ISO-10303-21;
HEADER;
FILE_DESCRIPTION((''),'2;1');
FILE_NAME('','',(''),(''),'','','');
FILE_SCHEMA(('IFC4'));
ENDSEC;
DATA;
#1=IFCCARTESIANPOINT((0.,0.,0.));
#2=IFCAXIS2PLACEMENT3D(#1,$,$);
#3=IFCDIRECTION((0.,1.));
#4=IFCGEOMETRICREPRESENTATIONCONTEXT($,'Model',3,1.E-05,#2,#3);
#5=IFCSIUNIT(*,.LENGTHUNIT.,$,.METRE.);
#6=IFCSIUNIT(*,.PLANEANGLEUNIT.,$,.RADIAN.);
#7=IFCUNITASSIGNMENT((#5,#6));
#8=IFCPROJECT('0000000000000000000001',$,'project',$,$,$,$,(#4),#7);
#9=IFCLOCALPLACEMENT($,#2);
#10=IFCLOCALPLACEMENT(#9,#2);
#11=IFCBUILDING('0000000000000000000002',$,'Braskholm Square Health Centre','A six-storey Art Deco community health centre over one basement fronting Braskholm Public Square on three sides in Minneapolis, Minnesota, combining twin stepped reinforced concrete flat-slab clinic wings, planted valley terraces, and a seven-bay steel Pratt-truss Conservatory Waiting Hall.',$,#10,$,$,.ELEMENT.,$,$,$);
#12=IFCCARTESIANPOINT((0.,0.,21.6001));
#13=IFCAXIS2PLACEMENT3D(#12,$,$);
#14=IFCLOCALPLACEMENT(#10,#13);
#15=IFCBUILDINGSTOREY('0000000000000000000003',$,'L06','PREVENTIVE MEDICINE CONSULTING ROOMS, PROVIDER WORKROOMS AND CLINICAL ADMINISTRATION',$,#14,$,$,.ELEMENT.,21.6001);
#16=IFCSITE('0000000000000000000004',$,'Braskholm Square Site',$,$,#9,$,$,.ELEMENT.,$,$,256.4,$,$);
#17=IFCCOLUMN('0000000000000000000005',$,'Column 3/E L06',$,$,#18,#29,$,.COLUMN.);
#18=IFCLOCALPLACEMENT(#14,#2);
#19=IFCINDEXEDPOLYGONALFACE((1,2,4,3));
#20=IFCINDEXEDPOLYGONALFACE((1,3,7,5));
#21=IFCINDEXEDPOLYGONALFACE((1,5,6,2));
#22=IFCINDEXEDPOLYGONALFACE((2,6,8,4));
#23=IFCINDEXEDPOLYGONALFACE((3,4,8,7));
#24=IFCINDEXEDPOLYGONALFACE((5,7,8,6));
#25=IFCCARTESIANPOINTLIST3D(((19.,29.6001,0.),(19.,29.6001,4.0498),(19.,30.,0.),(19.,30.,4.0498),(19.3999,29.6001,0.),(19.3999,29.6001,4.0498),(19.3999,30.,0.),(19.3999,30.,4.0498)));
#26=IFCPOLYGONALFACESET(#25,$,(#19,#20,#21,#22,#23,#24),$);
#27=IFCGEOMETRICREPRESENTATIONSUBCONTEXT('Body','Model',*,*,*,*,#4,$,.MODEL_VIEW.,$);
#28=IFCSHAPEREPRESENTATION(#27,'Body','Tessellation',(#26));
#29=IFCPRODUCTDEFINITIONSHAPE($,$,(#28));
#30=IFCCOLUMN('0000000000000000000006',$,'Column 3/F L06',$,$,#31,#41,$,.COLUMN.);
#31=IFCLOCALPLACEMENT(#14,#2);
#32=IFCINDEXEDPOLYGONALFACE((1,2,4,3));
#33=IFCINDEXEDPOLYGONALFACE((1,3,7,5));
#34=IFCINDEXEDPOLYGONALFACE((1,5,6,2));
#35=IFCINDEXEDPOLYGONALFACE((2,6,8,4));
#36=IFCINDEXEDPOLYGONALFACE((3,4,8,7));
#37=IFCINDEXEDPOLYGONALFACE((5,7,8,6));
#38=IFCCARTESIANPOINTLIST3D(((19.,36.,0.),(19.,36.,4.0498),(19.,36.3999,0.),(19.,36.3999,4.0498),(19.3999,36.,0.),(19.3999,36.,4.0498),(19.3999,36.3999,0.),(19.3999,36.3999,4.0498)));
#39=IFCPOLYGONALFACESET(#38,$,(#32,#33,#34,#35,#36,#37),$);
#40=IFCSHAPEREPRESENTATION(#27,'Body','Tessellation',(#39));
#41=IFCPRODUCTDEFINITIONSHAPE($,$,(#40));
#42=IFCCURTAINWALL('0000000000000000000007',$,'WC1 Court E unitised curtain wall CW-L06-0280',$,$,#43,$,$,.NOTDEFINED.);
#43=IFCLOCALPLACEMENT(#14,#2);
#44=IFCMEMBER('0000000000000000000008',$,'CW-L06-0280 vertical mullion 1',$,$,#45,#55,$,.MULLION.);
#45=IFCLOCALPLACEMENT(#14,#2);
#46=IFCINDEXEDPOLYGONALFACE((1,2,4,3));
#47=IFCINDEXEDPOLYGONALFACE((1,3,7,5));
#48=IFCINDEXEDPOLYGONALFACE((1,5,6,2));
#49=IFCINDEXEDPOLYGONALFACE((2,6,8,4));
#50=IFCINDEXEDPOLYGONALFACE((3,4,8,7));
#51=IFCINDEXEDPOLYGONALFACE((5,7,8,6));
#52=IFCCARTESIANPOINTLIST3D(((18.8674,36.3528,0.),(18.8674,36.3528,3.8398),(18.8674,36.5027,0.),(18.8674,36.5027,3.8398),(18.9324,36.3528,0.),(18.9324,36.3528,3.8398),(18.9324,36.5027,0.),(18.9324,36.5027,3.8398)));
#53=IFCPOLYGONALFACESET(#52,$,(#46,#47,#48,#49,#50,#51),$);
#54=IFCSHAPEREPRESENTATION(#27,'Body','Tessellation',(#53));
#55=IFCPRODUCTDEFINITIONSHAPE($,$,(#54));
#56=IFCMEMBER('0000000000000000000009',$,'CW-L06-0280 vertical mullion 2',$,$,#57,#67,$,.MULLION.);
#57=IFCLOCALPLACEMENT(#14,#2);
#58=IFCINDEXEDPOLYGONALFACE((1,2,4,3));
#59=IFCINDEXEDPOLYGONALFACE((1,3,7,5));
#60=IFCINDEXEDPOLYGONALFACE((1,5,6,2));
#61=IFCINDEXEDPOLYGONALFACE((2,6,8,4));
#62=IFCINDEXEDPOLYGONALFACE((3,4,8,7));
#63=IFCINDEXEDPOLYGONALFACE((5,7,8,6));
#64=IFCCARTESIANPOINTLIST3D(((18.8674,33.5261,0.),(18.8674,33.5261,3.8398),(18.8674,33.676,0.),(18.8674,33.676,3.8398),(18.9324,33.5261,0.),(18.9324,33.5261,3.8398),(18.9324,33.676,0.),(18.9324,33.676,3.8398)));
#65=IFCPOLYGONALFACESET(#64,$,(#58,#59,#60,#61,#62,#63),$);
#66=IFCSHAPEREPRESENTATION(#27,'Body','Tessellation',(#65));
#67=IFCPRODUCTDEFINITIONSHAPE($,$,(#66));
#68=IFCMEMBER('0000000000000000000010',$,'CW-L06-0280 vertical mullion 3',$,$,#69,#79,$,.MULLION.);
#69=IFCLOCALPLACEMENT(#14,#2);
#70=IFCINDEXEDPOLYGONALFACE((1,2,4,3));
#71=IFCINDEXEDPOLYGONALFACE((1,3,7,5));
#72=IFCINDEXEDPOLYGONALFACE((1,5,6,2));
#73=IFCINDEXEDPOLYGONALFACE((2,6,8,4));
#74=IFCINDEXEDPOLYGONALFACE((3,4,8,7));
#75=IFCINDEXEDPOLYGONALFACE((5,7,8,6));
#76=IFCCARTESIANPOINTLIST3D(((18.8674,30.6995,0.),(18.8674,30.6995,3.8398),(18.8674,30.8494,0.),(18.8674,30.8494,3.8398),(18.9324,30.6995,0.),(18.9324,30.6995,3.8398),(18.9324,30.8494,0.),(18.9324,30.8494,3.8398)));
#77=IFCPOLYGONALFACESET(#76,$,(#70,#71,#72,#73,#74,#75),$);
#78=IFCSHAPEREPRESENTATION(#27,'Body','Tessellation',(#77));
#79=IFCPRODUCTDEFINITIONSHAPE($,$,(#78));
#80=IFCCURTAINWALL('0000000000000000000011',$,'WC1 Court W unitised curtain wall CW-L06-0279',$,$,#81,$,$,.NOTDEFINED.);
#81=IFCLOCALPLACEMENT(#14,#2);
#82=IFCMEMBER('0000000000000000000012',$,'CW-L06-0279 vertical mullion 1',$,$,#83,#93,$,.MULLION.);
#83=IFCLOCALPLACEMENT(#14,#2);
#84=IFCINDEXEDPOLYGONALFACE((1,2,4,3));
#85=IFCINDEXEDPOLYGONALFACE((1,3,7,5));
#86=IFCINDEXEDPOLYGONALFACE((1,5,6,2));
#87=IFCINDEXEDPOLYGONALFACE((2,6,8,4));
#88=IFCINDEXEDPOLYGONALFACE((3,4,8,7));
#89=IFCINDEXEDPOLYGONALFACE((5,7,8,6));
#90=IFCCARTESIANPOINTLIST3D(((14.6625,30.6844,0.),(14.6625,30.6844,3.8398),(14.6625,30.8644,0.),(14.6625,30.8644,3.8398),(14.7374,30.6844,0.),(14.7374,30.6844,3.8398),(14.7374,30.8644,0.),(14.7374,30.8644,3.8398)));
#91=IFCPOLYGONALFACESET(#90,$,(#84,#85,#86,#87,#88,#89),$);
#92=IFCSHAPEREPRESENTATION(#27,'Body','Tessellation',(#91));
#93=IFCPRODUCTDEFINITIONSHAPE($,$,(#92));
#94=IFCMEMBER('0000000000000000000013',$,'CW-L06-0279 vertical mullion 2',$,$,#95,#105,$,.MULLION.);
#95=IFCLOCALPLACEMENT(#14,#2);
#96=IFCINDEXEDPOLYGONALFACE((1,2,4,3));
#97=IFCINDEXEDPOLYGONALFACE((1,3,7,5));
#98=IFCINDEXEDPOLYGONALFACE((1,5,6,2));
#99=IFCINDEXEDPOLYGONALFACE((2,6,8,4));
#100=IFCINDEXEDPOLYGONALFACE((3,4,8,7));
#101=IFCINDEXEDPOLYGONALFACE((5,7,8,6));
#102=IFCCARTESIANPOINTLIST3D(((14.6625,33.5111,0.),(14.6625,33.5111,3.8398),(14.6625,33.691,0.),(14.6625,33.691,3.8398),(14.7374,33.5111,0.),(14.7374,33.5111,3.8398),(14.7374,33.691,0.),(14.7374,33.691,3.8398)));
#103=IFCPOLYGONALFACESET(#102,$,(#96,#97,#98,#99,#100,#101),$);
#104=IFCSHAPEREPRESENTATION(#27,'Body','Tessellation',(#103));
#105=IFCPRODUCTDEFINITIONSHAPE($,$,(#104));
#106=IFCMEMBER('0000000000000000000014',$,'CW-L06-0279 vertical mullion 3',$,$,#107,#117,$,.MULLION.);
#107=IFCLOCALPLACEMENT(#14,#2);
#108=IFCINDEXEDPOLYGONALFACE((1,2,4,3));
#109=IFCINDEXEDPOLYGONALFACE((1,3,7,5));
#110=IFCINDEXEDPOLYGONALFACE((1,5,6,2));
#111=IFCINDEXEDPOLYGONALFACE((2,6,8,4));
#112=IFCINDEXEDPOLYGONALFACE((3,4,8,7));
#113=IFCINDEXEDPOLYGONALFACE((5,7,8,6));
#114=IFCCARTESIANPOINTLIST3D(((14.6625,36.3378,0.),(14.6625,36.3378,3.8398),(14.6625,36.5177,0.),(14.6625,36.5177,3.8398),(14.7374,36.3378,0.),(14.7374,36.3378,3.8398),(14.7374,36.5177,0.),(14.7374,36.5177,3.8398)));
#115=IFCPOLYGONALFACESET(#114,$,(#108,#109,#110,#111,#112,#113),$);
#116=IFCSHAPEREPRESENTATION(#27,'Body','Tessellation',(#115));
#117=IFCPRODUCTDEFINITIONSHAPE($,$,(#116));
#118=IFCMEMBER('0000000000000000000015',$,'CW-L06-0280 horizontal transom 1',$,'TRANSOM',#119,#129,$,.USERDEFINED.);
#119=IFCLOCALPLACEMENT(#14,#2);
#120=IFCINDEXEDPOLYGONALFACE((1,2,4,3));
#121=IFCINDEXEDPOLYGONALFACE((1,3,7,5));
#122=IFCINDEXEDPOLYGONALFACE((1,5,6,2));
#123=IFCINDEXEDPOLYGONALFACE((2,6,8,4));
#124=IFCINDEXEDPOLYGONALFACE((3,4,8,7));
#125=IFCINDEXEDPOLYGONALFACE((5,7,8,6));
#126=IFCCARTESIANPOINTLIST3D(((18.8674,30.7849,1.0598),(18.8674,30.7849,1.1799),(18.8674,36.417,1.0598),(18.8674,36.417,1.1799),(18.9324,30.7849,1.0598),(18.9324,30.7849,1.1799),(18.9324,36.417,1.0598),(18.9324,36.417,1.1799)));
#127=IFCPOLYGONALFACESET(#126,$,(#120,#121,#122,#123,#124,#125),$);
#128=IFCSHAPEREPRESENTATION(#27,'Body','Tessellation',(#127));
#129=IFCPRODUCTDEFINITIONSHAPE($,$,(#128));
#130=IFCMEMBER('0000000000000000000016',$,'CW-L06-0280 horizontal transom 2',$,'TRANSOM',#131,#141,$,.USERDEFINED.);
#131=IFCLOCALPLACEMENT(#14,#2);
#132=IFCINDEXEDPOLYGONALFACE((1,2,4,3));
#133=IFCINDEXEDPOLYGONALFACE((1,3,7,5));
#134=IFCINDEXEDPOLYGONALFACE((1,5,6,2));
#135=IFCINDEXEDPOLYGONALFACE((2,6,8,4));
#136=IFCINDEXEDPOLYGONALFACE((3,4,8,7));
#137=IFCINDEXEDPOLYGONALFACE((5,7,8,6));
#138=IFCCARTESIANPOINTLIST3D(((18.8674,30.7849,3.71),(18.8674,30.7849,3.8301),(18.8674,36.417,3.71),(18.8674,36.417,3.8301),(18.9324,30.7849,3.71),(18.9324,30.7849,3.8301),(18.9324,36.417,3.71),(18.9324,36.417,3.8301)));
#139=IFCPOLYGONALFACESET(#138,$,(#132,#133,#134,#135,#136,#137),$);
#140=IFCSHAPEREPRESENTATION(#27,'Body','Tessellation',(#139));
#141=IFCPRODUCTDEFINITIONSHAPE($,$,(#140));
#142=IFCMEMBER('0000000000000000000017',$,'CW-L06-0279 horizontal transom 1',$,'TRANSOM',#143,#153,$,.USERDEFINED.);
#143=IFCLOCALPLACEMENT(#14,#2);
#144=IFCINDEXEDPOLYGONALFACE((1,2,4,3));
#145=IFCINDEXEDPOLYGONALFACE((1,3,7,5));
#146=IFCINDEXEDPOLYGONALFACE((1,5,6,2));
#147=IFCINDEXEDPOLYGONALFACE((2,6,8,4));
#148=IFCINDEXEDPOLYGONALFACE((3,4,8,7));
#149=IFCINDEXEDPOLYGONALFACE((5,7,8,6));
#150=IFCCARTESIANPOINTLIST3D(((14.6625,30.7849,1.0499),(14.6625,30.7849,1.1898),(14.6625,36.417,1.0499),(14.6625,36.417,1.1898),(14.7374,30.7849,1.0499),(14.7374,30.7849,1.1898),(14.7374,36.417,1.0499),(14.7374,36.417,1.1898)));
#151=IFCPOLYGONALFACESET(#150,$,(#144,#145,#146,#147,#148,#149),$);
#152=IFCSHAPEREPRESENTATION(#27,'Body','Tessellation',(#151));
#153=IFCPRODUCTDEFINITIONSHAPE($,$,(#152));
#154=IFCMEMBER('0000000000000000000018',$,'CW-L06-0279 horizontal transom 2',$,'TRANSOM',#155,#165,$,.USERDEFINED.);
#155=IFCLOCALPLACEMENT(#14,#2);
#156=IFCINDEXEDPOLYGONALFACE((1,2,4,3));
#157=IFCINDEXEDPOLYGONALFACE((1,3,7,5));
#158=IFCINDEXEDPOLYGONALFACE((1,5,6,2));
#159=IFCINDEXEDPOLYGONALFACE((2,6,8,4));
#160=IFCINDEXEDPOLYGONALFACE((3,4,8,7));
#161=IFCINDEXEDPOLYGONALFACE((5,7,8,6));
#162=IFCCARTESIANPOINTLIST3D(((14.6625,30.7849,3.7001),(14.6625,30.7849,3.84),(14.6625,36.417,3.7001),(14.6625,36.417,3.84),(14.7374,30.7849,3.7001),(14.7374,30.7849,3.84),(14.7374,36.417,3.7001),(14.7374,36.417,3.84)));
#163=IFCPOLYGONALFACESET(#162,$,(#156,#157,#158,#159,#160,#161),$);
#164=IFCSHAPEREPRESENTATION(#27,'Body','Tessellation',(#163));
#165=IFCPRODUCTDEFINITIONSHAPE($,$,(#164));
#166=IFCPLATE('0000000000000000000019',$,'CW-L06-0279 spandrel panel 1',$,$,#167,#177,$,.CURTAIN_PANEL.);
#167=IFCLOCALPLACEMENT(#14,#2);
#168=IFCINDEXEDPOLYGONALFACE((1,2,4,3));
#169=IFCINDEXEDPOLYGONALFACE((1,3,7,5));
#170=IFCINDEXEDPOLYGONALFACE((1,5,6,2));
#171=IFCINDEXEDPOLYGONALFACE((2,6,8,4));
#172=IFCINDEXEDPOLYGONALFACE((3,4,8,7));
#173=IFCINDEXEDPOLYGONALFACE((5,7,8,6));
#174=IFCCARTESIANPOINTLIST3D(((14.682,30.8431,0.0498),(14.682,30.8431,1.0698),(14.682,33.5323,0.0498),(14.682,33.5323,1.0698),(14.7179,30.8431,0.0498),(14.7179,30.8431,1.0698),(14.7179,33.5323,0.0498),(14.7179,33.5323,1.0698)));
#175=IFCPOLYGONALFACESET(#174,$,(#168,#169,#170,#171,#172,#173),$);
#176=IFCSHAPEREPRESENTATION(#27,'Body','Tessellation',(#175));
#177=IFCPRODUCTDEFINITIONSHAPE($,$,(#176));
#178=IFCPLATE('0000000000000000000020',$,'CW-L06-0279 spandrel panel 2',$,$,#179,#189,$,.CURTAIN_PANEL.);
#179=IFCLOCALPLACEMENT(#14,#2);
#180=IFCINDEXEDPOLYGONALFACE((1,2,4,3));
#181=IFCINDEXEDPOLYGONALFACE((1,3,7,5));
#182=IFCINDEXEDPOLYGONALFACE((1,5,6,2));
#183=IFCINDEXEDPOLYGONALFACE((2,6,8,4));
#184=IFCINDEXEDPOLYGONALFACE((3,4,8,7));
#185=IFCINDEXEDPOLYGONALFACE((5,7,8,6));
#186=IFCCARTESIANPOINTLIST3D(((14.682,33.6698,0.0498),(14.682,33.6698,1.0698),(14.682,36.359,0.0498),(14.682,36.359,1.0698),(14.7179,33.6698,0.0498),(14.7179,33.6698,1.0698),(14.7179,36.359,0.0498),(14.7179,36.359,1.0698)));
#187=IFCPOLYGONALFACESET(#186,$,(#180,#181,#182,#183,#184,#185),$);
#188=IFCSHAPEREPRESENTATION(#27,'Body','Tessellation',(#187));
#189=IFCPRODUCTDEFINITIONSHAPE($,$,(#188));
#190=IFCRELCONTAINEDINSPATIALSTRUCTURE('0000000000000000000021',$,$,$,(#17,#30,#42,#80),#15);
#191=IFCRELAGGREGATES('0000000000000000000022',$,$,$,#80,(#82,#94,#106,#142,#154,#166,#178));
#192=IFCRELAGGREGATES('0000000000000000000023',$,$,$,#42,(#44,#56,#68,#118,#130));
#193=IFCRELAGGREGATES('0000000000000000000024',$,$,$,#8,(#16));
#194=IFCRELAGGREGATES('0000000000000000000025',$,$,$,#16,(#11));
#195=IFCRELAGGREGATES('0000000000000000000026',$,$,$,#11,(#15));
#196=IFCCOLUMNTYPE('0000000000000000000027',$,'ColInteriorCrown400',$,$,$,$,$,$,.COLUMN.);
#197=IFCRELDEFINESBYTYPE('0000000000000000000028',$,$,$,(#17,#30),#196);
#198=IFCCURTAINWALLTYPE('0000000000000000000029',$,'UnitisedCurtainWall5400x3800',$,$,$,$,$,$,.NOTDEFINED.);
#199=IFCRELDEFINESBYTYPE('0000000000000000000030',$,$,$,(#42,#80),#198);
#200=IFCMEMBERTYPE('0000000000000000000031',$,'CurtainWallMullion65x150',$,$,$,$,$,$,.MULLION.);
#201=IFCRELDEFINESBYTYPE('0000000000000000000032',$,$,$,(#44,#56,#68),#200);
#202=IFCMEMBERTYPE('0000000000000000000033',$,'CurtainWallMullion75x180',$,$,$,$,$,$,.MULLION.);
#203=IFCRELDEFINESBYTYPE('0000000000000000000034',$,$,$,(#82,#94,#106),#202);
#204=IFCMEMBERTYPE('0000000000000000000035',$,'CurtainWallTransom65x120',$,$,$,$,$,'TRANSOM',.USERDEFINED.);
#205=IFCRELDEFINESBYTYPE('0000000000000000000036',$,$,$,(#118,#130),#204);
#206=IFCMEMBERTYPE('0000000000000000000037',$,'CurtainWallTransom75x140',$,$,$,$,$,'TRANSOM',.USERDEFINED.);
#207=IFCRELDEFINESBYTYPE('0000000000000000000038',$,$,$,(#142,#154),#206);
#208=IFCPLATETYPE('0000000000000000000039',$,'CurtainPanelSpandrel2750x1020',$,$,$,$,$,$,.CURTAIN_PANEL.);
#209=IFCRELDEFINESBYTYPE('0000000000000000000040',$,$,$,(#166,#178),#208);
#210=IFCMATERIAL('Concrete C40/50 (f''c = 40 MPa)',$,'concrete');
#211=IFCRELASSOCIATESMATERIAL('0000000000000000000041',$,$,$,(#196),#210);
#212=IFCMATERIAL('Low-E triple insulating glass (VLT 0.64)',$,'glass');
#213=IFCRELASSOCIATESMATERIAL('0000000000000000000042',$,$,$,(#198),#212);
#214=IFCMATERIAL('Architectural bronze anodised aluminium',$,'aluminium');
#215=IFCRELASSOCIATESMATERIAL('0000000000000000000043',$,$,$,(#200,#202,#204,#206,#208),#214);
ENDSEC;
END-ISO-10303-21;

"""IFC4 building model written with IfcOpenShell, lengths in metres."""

from ifc_helpers import new_model, si_unit, direction, frame, origin, origin_2d, place, context, subcontext, project, spatial, rectangle, extrude, material, material_profile, profile_set, type_object, element, aggregate, save


model = new_model("IFC4")

# Units and contexts
model_context = context("Model", 3, precision=1e-05, world=origin(), true_north=direction((0.0, 1.0)))
body_context = subcontext(model_context, "Body", "Model", "MODEL_VIEW")
ifc_project = project(units=[si_unit("LENGTHUNIT", "METRE"), si_unit("PLANEANGLEUNIT", "RADIAN")], contexts=[model_context])

# Site, building, storey
site_placement = place(None, origin())
site = spatial("IfcSite", under=ifc_project, at=site_placement, Name="Braskholm Square Site", CompositionType="ELEMENT", RefElevation=256.4)
building_placement = place(site_placement, origin())
building = spatial("IfcBuilding", under=site, at=building_placement, Name="Braskholm Square Health Centre", Description="A six-storey Art Deco community health centre over one basement fronting Braskholm Public Square on three sides in Minneapolis, Minnesota, combining twin stepped reinforced concrete flat-slab clinic wings, planted valley terraces, and a seven-bay steel Pratt-truss Conservatory Waiting Hall.", CompositionType="ELEMENT")
storey_placement = place(building_placement, frame((0.0, 0.0, 21.6001)))
storey = spatial("IfcBuildingStorey", under=building, at=storey_placement, Name="L06", Description="PREVENTIVE MEDICINE CONSULTING ROOMS, PROVIDER WORKROOMS AND CLINICAL ADMINISTRATION", CompositionType="ELEMENT", Elevation=21.6001)

# Columns
ifc_material_1 = material(Name="Concrete C40/50 (f'c = 40 MPa)", Category="concrete")
ifc_material_profile_1 = material_profile(ifc_material_1, rectangle(XDim=0.3999, YDim=0.3999, at=origin_2d()), Name="RC-400X400")
ifc_profile_set_1 = profile_set([ifc_material_profile_1], Name="Concrete C40/50 (f'c = 40 MPa)")
column_type = type_object("IfcColumnType", Name="ColInteriorCrown400", PredefinedType="COLUMN", material=ifc_profile_set_1)
for number, where, z_axis, x_axis, name in (
    (1, (19.2, 29.8, 0.0), (0.0, 0.0, 1.0), (1.0, 0.0, 0.0), "Column 3/E L06"),
    (2, (19.2, 36.2, 0.0), (0.0, 0.0, 1.0), (1.0, 0.0, 0.0), "Column 3/F L06"),
):
    element("IfcColumn", number, at=place(storey_placement, frame(where, z_axis=z_axis, x_axis=x_axis)), inside=storey, type_object=column_type, Name=name, PredefinedType="COLUMN", context=body_context, shape_type="SweptSolid", body=[
        extrude(rectangle(XDim=0.3999, YDim=0.3999, at=origin_2d()), origin(), (0.0, 0.0, 1.0), 4.0498),
    ])

# Curtain walls, members
ifc_material_2 = material(Name="Low-E triple insulating glass (VLT 0.64)", Category="glass")
curtain_wall_type = type_object("IfcCurtainWallType", Name="UnitisedCurtainWall5400x3800", PredefinedType="NOTDEFINED", material=ifc_material_2)
curtain_wall_1_placement = place(storey_placement, origin())
curtain_wall_1 = element("IfcCurtainWall", 3, at=curtain_wall_1_placement, inside=storey, type_object=curtain_wall_type, Name="WC1 Court E unitised curtain wall CW-L06-0280", PredefinedType="NOTDEFINED")
ifc_material_3 = material(Name="Architectural bronze anodised aluminium", Category="aluminium")
ifc_material_profile_2 = material_profile(ifc_material_3, rectangle(XDim=0.0649, YDim=0.1499, at=origin_2d()), Name="ALU-65X150")
ifc_profile_set_2 = profile_set([ifc_material_profile_2], Name="Architectural bronze anodised aluminium")
member_type_1 = type_object("IfcMemberType", Name="CurtainWallMullion65x150", PredefinedType="MULLION", material=ifc_profile_set_2)
member_1_placement = place(storey_placement, frame((18.8999, 36.4277, 0.0), z_axis=(0.0, 0.0, 1.0), x_axis=(1.0, 0.0, 0.0)))
member_1 = element("IfcMember", 4, at=member_1_placement, type_object=member_type_1, Name="CW-L06-0280 vertical mullion 1", PredefinedType="MULLION", context=body_context, shape_type="SweptSolid", body=[
    extrude(rectangle(XDim=0.0649, YDim=0.1499, at=origin_2d()), origin(), (0.0, 0.0, 1.0), 3.8398),
])
member_2_placement = place(storey_placement, frame((18.8999, 33.6011, 0.0), z_axis=(0.0, 0.0, 1.0), x_axis=(1.0, 0.0, 0.0)))
member_2 = element("IfcMember", 5, at=member_2_placement, type_object=member_type_1, Name="CW-L06-0280 vertical mullion 2", PredefinedType="MULLION", context=body_context, shape_type="SweptSolid", body=[
    extrude(rectangle(XDim=0.0649, YDim=0.1499, at=origin_2d()), origin(), (0.0, 0.0, 1.0), 3.8398),
])
member_3_placement = place(storey_placement, frame((18.8999, 30.7744, 0.0), z_axis=(0.0, 0.0, 1.0), x_axis=(1.0, 0.0, 0.0)))
member_3 = element("IfcMember", 6, at=member_3_placement, type_object=member_type_1, Name="CW-L06-0280 vertical mullion 3", PredefinedType="MULLION", context=body_context, shape_type="SweptSolid", body=[
    extrude(rectangle(XDim=0.0649, YDim=0.1499, at=origin_2d()), origin(), (0.0, 0.0, 1.0), 3.8398),
])
curtain_wall_2_placement = place(storey_placement, origin())
curtain_wall_2 = element("IfcCurtainWall", 7, at=curtain_wall_2_placement, inside=storey, type_object=curtain_wall_type, Name="WC1 Court W unitised curtain wall CW-L06-0279", PredefinedType="NOTDEFINED")
ifc_material_profile_3 = material_profile(ifc_material_3, rectangle(XDim=0.075, YDim=0.1799, at=origin_2d()), Name="ALU-75X180")
ifc_profile_set_3 = profile_set([ifc_material_profile_3], Name="Architectural bronze anodised aluminium")
member_type_2 = type_object("IfcMemberType", Name="CurtainWallMullion75x180", PredefinedType="MULLION", material=ifc_profile_set_3)
member_4_placement = place(storey_placement, frame((14.7, 30.7744, 0.0), z_axis=(0.0, 0.0, 1.0), x_axis=(1.0, 0.0, 0.0)))
member_4 = element("IfcMember", 8, at=member_4_placement, type_object=member_type_2, Name="CW-L06-0279 vertical mullion 1", PredefinedType="MULLION", context=body_context, shape_type="SweptSolid", body=[
    extrude(rectangle(XDim=0.075, YDim=0.1799, at=origin_2d()), origin(), (0.0, 0.0, 1.0), 3.8398),
])
member_5_placement = place(storey_placement, frame((14.7, 33.6011, 0.0), z_axis=(0.0, 0.0, 1.0), x_axis=(1.0, 0.0, 0.0)))
member_5 = element("IfcMember", 9, at=member_5_placement, type_object=member_type_2, Name="CW-L06-0279 vertical mullion 2", PredefinedType="MULLION", context=body_context, shape_type="SweptSolid", body=[
    extrude(rectangle(XDim=0.075, YDim=0.1799, at=origin_2d()), origin(), (0.0, 0.0, 1.0), 3.8398),
])
member_6_placement = place(storey_placement, frame((14.7, 36.4277, 0.0), z_axis=(0.0, 0.0, 1.0), x_axis=(1.0, 0.0, 0.0)))
member_6 = element("IfcMember", 10, at=member_6_placement, type_object=member_type_2, Name="CW-L06-0279 vertical mullion 3", PredefinedType="MULLION", context=body_context, shape_type="SweptSolid", body=[
    extrude(rectangle(XDim=0.075, YDim=0.1799, at=origin_2d()), origin(), (0.0, 0.0, 1.0), 3.8398),
])

# Members
ifc_material_profile_4 = material_profile(ifc_material_3, rectangle(XDim=0.0649, YDim=0.1201, at=origin_2d()), Name="ALU-65X120")
ifc_profile_set_4 = profile_set([ifc_material_profile_4], Name="Architectural bronze anodised aluminium")
member_type_3 = type_object("IfcMemberType", Name="CurtainWallTransom65x120", ElementType="TRANSOM", PredefinedType="USERDEFINED", material=ifc_profile_set_4)
member_7_placement = place(storey_placement, frame((18.8999, 36.417, 1.1199), z_axis=(0.0, -1.0, 0.0), x_axis=(1.0, 0.0, 0.0)))
member_7 = element("IfcMember", 11, at=member_7_placement, type_object=member_type_3, Name="CW-L06-0280 horizontal transom 1", ObjectType="TRANSOM", PredefinedType="USERDEFINED", context=body_context, shape_type="SweptSolid", body=[
    extrude(rectangle(XDim=0.0649, YDim=0.1201, at=origin_2d()), origin(), (0.0, 0.0, 1.0), 5.6321),
])
member_8_placement = place(storey_placement, frame((18.8999, 36.417, 3.77), z_axis=(0.0, -1.0, 0.0), x_axis=(1.0, 0.0, 0.0)))
member_8 = element("IfcMember", 12, at=member_8_placement, type_object=member_type_3, Name="CW-L06-0280 horizontal transom 2", ObjectType="TRANSOM", PredefinedType="USERDEFINED", context=body_context, shape_type="SweptSolid", body=[
    extrude(rectangle(XDim=0.0649, YDim=0.1201, at=origin_2d()), origin(), (0.0, 0.0, 1.0), 5.6321),
])
ifc_material_profile_5 = material_profile(ifc_material_3, rectangle(XDim=0.075, YDim=0.1399, at=origin_2d()), Name="ALU-75X140")
ifc_profile_set_5 = profile_set([ifc_material_profile_5], Name="Architectural bronze anodised aluminium")
member_type_4 = type_object("IfcMemberType", Name="CurtainWallTransom75x140", ElementType="TRANSOM", PredefinedType="USERDEFINED", material=ifc_profile_set_5)
member_9_placement = place(storey_placement, frame((14.7, 30.7849, 1.1199), z_axis=(0.0, 1.0, 0.0), x_axis=(-1.0, 0.0, 0.0)))
member_9 = element("IfcMember", 13, at=member_9_placement, type_object=member_type_4, Name="CW-L06-0279 horizontal transom 1", ObjectType="TRANSOM", PredefinedType="USERDEFINED", context=body_context, shape_type="SweptSolid", body=[
    extrude(rectangle(XDim=0.075, YDim=0.1399, at=origin_2d()), origin(), (0.0, 0.0, 1.0), 5.6321),
])
member_10_placement = place(storey_placement, frame((14.7, 30.7849, 3.77), z_axis=(0.0, 1.0, 0.0), x_axis=(-1.0, 0.0, 0.0)))
member_10 = element("IfcMember", 14, at=member_10_placement, type_object=member_type_4, Name="CW-L06-0279 horizontal transom 2", ObjectType="TRANSOM", PredefinedType="USERDEFINED", context=body_context, shape_type="SweptSolid", body=[
    extrude(rectangle(XDim=0.075, YDim=0.1399, at=origin_2d()), origin(), (0.0, 0.0, 1.0), 5.6321),
])

# Plates
plate_type_1 = type_object("IfcPlateType", Name="CurtainPanelSpandrel2750x1020", PredefinedType="CURTAIN_PANEL", material=ifc_material_3)
plate_1_placement = place(storey_placement, frame((14.7, 32.1877, 0.0498), z_axis=(0.0, 0.0, 1.0), x_axis=(0.0, 1.0, 0.0)))
plate_1 = element("IfcPlate", 15, at=plate_1_placement, type_object=plate_type_1, Name="CW-L06-0279 spandrel panel 1", PredefinedType="CURTAIN_PANEL", context=body_context, shape_type="SweptSolid", body=[
    extrude(rectangle(XDim=2.6892, YDim=0.0359, at=origin_2d()), origin(), (0.0, 0.0, 1.0), 1.02),
])
plate_2_placement = place(storey_placement, frame((14.7, 35.0144, 0.0498), z_axis=(0.0, 0.0, 1.0), x_axis=(0.0, 1.0, 0.0)))
plate_2 = element("IfcPlate", 16, at=plate_2_placement, type_object=plate_type_1, Name="CW-L06-0279 spandrel panel 2", PredefinedType="CURTAIN_PANEL", context=body_context, shape_type="SweptSolid", body=[
    extrude(rectangle(XDim=2.6892, YDim=0.0359, at=origin_2d()), origin(), (0.0, 0.0, 1.0), 1.02),
])
aggregate(curtain_wall_2, [member_4, member_5, member_6, member_9, member_10, plate_1, plate_2])
aggregate(curtain_wall_1, [member_1, member_2, member_3, member_7, member_8])

save(model, "model.ifc")
